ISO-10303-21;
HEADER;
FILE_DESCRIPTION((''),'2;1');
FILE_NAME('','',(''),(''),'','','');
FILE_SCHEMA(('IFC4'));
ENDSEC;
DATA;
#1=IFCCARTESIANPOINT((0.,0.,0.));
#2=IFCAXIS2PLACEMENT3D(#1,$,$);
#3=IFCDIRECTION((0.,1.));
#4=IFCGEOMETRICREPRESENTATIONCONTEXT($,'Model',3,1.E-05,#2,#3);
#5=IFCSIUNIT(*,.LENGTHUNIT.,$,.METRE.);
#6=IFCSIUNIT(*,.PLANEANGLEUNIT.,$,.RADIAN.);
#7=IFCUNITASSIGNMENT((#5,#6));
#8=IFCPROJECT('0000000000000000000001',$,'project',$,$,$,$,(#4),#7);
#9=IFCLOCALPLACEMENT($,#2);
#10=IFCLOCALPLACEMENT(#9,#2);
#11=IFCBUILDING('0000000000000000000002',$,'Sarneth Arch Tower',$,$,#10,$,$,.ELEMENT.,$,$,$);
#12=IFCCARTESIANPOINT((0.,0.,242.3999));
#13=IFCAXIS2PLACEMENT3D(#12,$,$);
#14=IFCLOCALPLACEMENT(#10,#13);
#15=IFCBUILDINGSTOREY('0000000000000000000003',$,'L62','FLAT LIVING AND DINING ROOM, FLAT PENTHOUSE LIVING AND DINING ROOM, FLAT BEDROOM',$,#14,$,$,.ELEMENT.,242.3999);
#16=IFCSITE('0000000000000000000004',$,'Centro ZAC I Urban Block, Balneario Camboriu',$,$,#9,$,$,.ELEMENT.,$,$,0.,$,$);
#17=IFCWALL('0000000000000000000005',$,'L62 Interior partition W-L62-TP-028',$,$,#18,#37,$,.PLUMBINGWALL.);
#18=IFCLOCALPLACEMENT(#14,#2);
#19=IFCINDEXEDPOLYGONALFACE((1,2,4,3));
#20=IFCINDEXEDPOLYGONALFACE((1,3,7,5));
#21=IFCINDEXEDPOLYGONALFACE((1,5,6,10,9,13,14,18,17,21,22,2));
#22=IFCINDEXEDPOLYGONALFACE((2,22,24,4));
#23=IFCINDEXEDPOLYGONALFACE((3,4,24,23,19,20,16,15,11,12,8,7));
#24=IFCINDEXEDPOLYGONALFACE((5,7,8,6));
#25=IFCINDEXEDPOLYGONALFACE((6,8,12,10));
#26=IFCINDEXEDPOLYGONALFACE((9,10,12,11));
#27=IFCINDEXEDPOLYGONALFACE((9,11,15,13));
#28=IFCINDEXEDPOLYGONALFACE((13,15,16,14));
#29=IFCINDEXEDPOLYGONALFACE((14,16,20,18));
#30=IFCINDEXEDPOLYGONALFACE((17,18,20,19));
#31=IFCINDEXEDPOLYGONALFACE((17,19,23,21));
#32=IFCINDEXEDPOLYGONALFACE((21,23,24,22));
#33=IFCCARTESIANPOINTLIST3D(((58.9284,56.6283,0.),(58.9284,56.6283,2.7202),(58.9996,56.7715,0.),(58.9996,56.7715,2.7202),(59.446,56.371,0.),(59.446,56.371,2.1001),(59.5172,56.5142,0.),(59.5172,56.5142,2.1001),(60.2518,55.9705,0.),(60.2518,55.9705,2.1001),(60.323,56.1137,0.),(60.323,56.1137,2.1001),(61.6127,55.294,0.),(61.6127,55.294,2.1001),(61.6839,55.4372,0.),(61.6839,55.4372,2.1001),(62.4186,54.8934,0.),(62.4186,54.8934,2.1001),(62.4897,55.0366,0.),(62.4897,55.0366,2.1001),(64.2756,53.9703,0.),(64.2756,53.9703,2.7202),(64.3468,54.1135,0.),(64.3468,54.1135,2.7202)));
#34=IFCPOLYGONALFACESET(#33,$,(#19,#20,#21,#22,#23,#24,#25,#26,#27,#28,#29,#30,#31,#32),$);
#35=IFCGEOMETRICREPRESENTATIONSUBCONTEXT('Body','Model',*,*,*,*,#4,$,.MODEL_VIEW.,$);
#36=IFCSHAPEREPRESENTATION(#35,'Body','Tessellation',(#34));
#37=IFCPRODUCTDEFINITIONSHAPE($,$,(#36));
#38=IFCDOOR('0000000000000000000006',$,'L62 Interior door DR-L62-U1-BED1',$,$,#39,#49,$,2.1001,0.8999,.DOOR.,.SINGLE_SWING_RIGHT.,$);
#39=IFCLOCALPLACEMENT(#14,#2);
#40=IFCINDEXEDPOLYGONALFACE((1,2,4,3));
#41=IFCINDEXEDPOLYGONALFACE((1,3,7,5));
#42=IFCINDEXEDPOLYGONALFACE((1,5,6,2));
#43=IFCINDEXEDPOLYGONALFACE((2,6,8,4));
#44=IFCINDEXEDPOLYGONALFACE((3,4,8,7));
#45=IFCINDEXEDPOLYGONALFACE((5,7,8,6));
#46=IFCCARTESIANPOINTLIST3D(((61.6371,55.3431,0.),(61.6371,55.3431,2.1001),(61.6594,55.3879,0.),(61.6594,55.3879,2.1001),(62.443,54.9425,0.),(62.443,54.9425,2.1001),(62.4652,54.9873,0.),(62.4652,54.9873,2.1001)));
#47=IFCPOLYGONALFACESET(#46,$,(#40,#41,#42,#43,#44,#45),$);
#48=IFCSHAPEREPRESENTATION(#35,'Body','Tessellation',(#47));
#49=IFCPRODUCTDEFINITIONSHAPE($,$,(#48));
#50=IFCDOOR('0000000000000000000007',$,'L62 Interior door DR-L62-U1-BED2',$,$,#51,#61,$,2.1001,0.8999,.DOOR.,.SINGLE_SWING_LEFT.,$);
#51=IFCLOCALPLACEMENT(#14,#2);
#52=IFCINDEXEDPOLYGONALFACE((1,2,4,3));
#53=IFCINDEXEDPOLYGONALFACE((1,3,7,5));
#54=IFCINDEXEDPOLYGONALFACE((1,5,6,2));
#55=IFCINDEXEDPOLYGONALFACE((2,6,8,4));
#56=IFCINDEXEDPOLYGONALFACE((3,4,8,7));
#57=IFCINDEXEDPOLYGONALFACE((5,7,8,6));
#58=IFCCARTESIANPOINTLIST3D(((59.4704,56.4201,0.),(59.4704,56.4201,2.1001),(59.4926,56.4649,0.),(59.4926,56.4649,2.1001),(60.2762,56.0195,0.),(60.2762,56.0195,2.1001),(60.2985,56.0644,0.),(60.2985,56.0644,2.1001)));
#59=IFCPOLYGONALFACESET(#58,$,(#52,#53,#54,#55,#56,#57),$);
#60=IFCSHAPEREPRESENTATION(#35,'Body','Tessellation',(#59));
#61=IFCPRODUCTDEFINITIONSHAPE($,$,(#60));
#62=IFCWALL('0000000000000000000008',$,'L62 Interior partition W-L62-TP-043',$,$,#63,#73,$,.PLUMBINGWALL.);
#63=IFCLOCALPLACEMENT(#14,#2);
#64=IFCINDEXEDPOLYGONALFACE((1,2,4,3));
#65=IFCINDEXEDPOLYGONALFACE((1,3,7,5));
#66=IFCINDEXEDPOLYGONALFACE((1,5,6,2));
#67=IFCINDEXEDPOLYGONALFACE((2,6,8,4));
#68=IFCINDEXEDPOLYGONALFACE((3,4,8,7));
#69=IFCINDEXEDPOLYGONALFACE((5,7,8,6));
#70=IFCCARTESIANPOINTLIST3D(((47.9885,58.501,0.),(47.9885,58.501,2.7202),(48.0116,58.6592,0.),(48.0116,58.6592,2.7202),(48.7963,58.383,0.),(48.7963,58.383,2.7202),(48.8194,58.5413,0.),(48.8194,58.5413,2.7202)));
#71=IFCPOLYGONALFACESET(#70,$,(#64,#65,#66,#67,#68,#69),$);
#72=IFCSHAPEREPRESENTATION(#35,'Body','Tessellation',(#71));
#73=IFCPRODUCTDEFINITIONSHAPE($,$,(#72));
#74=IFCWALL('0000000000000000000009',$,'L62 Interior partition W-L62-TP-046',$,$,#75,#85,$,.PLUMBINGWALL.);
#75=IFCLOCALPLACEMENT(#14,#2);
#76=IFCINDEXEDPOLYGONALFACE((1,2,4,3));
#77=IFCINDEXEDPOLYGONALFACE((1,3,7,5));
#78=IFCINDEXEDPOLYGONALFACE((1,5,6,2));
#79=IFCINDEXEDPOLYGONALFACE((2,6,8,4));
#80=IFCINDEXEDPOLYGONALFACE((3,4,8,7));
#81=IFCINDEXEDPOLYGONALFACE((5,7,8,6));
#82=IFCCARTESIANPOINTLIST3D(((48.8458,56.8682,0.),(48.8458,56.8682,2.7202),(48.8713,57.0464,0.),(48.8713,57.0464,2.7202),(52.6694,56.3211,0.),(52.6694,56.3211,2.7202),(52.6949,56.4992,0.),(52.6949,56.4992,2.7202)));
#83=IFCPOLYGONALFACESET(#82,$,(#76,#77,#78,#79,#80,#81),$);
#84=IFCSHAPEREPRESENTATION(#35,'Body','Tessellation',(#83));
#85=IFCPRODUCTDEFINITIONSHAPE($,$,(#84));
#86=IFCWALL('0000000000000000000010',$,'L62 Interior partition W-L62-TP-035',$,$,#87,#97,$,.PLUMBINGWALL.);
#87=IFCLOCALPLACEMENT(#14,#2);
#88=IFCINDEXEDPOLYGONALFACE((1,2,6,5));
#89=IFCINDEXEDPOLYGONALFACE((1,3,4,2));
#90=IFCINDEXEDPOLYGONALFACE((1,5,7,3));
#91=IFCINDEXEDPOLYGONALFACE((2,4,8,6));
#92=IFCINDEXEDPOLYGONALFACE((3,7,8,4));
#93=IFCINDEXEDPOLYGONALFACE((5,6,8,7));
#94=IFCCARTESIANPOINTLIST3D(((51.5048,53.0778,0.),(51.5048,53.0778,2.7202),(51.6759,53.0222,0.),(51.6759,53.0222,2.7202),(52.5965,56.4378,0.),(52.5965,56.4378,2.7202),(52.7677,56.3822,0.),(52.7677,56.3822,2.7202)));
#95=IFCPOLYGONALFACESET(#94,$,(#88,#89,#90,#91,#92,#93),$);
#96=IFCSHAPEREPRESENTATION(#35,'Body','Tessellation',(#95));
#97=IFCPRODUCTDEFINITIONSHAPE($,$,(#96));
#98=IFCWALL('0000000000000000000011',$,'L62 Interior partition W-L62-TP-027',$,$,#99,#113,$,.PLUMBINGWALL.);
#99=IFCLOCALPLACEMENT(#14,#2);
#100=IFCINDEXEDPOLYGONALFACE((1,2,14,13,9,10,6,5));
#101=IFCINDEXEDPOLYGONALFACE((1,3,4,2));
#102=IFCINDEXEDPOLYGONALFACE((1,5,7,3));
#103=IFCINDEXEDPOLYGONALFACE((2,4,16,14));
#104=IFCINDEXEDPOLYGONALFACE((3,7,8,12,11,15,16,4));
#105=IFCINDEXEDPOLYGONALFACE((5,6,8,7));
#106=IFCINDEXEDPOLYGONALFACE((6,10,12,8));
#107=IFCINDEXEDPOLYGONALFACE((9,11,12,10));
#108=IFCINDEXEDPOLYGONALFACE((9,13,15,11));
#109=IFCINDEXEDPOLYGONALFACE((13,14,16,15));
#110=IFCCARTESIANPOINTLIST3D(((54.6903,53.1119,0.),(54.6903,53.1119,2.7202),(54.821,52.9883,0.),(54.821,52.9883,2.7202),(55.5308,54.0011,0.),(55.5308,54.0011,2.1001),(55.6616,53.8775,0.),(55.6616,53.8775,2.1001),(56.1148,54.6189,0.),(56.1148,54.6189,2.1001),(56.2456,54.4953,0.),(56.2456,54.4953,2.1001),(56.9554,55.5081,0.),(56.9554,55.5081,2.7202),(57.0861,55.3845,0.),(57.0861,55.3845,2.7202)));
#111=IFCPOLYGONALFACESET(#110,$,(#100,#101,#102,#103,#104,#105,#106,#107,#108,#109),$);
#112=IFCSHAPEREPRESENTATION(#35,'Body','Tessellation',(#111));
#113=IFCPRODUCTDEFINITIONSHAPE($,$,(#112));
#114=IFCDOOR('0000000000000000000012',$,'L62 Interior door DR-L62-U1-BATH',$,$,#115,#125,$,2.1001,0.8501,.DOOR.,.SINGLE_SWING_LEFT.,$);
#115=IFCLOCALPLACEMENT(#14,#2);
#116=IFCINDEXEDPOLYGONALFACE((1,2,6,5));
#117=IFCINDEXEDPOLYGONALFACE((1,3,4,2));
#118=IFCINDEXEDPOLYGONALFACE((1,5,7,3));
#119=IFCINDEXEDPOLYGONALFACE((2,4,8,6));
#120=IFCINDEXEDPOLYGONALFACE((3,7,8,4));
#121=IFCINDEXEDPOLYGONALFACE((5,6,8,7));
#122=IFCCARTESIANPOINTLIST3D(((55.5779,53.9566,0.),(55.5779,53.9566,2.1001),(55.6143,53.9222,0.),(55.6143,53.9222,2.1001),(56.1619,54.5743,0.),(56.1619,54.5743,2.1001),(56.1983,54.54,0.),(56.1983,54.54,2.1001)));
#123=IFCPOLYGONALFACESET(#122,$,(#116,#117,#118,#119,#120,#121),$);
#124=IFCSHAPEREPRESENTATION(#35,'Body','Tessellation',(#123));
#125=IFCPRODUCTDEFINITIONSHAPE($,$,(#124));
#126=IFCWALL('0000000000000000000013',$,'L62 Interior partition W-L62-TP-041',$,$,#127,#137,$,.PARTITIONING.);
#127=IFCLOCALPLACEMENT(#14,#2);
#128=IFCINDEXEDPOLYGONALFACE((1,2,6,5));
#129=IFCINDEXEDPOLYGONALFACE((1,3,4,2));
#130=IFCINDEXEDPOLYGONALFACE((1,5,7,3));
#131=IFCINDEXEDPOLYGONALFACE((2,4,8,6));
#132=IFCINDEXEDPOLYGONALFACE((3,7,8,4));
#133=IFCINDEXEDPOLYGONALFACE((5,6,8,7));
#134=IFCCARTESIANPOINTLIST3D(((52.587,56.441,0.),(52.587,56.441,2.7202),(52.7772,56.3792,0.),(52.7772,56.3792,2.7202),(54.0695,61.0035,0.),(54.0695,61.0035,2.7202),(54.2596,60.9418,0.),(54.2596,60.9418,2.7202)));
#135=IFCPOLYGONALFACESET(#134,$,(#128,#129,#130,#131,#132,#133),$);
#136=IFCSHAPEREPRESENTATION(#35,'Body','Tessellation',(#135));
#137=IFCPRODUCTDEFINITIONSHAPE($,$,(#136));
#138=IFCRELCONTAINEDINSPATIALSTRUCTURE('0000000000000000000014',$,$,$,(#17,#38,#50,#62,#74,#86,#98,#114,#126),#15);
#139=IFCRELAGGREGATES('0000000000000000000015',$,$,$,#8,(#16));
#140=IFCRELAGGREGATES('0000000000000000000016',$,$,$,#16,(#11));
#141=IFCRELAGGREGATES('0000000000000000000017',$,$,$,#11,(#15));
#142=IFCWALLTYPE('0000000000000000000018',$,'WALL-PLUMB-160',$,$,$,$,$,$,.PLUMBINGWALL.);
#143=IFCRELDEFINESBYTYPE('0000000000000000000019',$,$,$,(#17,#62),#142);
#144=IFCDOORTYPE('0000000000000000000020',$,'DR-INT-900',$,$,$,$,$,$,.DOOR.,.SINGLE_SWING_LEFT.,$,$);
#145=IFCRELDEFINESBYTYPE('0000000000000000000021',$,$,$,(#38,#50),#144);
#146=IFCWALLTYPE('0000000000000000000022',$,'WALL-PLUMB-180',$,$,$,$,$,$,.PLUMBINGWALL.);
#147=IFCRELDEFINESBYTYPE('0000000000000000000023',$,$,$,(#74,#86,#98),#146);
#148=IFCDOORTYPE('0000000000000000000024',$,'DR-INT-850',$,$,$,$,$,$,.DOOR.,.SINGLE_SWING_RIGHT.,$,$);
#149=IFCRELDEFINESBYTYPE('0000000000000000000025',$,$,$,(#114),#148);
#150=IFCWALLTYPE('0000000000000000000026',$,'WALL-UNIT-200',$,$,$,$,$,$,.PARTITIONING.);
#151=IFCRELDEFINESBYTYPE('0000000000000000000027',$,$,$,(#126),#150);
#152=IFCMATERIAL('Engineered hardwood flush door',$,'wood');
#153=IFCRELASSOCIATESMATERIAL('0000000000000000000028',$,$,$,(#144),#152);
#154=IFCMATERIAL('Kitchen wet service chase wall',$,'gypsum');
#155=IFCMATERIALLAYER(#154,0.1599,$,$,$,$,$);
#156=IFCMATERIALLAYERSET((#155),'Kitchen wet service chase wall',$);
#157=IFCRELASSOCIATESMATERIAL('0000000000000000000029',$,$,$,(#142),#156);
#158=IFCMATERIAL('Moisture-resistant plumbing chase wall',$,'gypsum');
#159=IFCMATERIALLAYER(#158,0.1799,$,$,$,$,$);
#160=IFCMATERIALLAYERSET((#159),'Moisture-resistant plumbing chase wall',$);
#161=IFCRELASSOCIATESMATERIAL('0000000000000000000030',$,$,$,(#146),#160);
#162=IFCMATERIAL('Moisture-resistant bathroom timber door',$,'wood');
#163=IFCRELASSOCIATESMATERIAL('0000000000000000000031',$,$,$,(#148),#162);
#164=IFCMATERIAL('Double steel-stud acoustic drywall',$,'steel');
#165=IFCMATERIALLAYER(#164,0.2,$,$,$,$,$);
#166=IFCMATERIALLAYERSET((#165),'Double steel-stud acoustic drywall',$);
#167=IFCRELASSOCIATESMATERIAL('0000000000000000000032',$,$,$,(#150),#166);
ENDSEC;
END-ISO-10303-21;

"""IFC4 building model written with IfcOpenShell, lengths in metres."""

from ifc_helpers import new_model, si_unit, direction, frame, frame_2d, origin, place, context, subcontext, project, spatial, rectangle, extrude, material, layer, layer_set, type_object, element, fill, save


model = new_model("IFC4")

# Units and contexts
model_context = context("Model", 3, precision=1e-05, world=origin(), true_north=direction((0.0, 1.0)))
body_context = subcontext(model_context, "Body", "Model", "MODEL_VIEW")
ifc_project = project(units=[si_unit("LENGTHUNIT", "METRE"), si_unit("PLANEANGLEUNIT", "RADIAN")], contexts=[model_context])

# Site, building, storey
site_placement = place(None, origin())
site = spatial("IfcSite", under=ifc_project, at=site_placement, Name="Centro ZAC I Urban Block, Balneario Camboriu", CompositionType="ELEMENT", RefElevation=0.0)
building_placement = place(site_placement, origin())
building = spatial("IfcBuilding", under=site, at=building_placement, Name="Sarneth Arch Tower", CompositionType="ELEMENT")
storey_placement = place(building_placement, frame((0.0, 0.0, 242.3999)))
storey = spatial("IfcBuildingStorey", under=building, at=storey_placement, Name="L62", Description="FLAT LIVING AND DINING ROOM, FLAT PENTHOUSE LIVING AND DINING ROOM, FLAT BEDROOM", CompositionType="ELEMENT", Elevation=242.3999)

# Shared definitions
ifc_material_1 = material(Name="Engineered hardwood flush door", Category="wood")
door_type_1 = type_object("IfcDoorType", Name="DR-INT-900", OperationType="SINGLE_SWING_LEFT", PredefinedType="DOOR", material=ifc_material_1)

# Shared definitions
ifc_material_2 = material(Name="Kitchen wet service chase wall", Category="gypsum")
ifc_layer_1 = layer(ifc_material_2, 0.1599)
ifc_layer_set_1 = layer_set([ifc_layer_1], Name="Kitchen wet service chase wall")
wall_type_1 = type_object("IfcWallType", Name="WALL-PLUMB-160", PredefinedType="PLUMBINGWALL", material=ifc_layer_set_1)

# Wall, openings, doors
wall_1_placement = place(storey_placement, frame((58.9639, 56.7, 0.0), z_axis=(0.0, 0.0, 1.0), x_axis=(0.895471, -0.445119, 0.0)))
wall_1 = element("IfcWall", 1, at=wall_1_placement, inside=storey, type_object=wall_type_1, Name="L62 Interior partition W-L62-TP-028", PredefinedType="PLUMBINGWALL", context=body_context, shape_type="SweptSolid", body=[
    extrude(rectangle(XDim=5.9714, YDim=0.1599, at=frame_2d((2.9858, 0.0))), origin(), (0.0, 0.0, 1.0), 2.7202),
])
opening_1_placement = place(wall_1_placement, frame((2.9978, 0.0, 0.0)))
opening_1 = element("IfcOpeningElement", 2, at=opening_1_placement, cuts=wall_1, PredefinedType="OPENING", context=body_context, shape_type="SweptSolid", body=[
    extrude(rectangle(XDim=0.8999, YDim=2.1001, at=frame_2d((0.45, 1.05))), frame((0.0, 0.0898, 0.0), z_axis=(0.0, -1.0, 0.0), x_axis=(1.0, 0.0, 0.0)), (0.0, 0.0, 1.0), 0.1799),
])
opening_2_placement = place(wall_1_placement, frame((0.5781, 0.0, 0.0)))
opening_2 = element("IfcOpeningElement", 3, at=opening_2_placement, cuts=wall_1, PredefinedType="OPENING", context=body_context, shape_type="SweptSolid", body=[
    extrude(rectangle(XDim=0.8999, YDim=2.1001, at=frame_2d((0.45, 1.05))), frame((0.0, 0.0898, 0.0), z_axis=(0.0, -1.0, 0.0), x_axis=(1.0, 0.0, 0.0)), (0.0, 0.0, 1.0), 0.1799),
])
door_1_placement = place(opening_1_placement, origin())
door_1 = element("IfcDoor", 4, at=door_1_placement, inside=storey, type_object=door_type_1, Name="L62 Interior door DR-L62-U1-BED1", OperationType="SINGLE_SWING_RIGHT", OverallHeight=2.1001, OverallWidth=0.8999, PredefinedType="DOOR", context=body_context, shape_type="SweptSolid", body=[
    extrude(rectangle(XDim=0.8999, YDim=2.1001, at=frame_2d((0.45, 1.05))), frame((0.0, 0.0249, 0.0), z_axis=(0.0, -1.0, 0.0), x_axis=(1.0, 0.0, 0.0)), (0.0, 0.0, 1.0), 0.05),
])
fill(opening_1, door_1)
door_2_placement = place(opening_2_placement, origin())
door_2 = element("IfcDoor", 5, at=door_2_placement, inside=storey, type_object=door_type_1, Name="L62 Interior door DR-L62-U1-BED2", OperationType="SINGLE_SWING_LEFT", OverallHeight=2.1001, OverallWidth=0.8999, PredefinedType="DOOR", context=body_context, shape_type="SweptSolid", body=[
    extrude(rectangle(XDim=0.8999, YDim=2.1001, at=frame_2d((0.45, 1.05))), frame((0.0, 0.0249, 0.0), z_axis=(0.0, -1.0, 0.0), x_axis=(1.0, 0.0, 0.0)), (0.0, 0.0, 1.0), 0.05),
])
fill(opening_2, door_2)

# Walls
wall_2_placement = place(storey_placement, frame((48.8079, 58.4622, 0.0), z_axis=(0.0, 0.0, 1.0), x_axis=(-0.989514, 0.144435, 0.0)))
element("IfcWall", 6, at=wall_2_placement, inside=storey, type_object=wall_type_1, Name="L62 Interior partition W-L62-TP-043", PredefinedType="PLUMBINGWALL", context=body_context, shape_type="SweptSolid", body=[
    extrude(rectangle(XDim=0.8164, YDim=0.1599, at=frame_2d((0.4082, 0.0))), origin(), (0.0, 0.0, 1.0), 2.7202),
])
ifc_material_3 = material(Name="Moisture-resistant plumbing chase wall", Category="gypsum")
ifc_layer_2 = layer(ifc_material_3, 0.1799)
ifc_layer_set_2 = layer_set([ifc_layer_2], Name="Moisture-resistant plumbing chase wall")
wall_type_2 = type_object("IfcWallType", Name="WALL-PLUMB-180", PredefinedType="PLUMBINGWALL", material=ifc_layer_set_2)
wall_3_placement = place(storey_placement, frame((48.8586, 56.9573, 0.0), z_axis=(0.0, 0.0, 1.0), x_axis=(0.989917, -0.141651, 0.0)))
element("IfcWall", 7, at=wall_3_placement, inside=storey, type_object=wall_type_2, Name="L62 Interior partition W-L62-TP-046", PredefinedType="PLUMBINGWALL", context=body_context, shape_type="SweptSolid", body=[
    extrude(rectangle(XDim=3.8625, YDim=0.1799, at=frame_2d((1.9312, 0.0))), origin(), (0.0, 0.0, 1.0), 2.7202),
])
wall_4_placement = place(storey_placement, frame((52.6821, 56.4102, 0.0), z_axis=(0.0, 0.0, 1.0), x_axis=(-0.309025, -0.951054, 0.0)))
element("IfcWall", 8, at=wall_4_placement, inside=storey, type_object=wall_type_2, Name="L62 Interior partition W-L62-TP-035", PredefinedType="PLUMBINGWALL", context=body_context, shape_type="SweptSolid", body=[
    extrude(rectangle(XDim=3.533, YDim=0.1799, at=frame_2d((1.7666, 0.0))), origin(), (0.0, 0.0, 1.0), 2.7202),
])

# Wall, opening, door
wall_5_placement = place(storey_placement, frame((57.0208, 55.4463, 0.0), z_axis=(0.0, 0.0, 1.0), x_axis=(-0.686947, -0.726707, 0.0)))
wall_5 = element("IfcWall", 9, at=wall_5_placement, inside=storey, type_object=wall_type_2, Name="L62 Interior partition W-L62-TP-027", PredefinedType="PLUMBINGWALL", context=body_context, shape_type="SweptSolid", body=[
    extrude(rectangle(XDim=3.2974, YDim=0.1799, at=frame_2d((1.6487, 0.0))), origin(), (0.0, 0.0, 1.0), 2.7202),
])
opening_3_placement = place(wall_5_placement, frame((1.2236, 0.0, 0.0)))
opening_3 = element("IfcOpeningElement", 10, at=opening_3_placement, cuts=wall_5, PredefinedType="OPENING", context=body_context, shape_type="SweptSolid", body=[
    extrude(rectangle(XDim=0.8501, YDim=2.1001, at=frame_2d((0.425, 1.05))), frame((0.0, 0.0999, 0.0), z_axis=(0.0, -1.0, 0.0), x_axis=(1.0, 0.0, 0.0)), (0.0, 0.0, 1.0), 0.2),
])
ifc_material_4 = material(Name="Moisture-resistant bathroom timber door", Category="wood")
door_type_2 = type_object("IfcDoorType", Name="DR-INT-850", OperationType="SINGLE_SWING_RIGHT", PredefinedType="DOOR", material=ifc_material_4)
door_3_placement = place(opening_3_placement, origin())
door_3 = element("IfcDoor", 11, at=door_3_placement, inside=storey, type_object=door_type_2, Name="L62 Interior door DR-L62-U1-BATH", OperationType="SINGLE_SWING_LEFT", OverallHeight=2.1001, OverallWidth=0.8501, PredefinedType="DOOR", context=body_context, shape_type="SweptSolid", body=[
    extrude(rectangle(XDim=0.8501, YDim=2.1001, at=frame_2d((0.425, 1.05))), frame((0.0, 0.0249, 0.0), z_axis=(0.0, -1.0, 0.0), x_axis=(1.0, 0.0, 0.0)), (0.0, 0.0, 1.0), 0.05),
])
fill(opening_3, door_3)

# Wall
ifc_material_5 = material(Name="Double steel-stud acoustic drywall", Category="steel")
ifc_layer_3 = layer(ifc_material_5, 0.2)
ifc_layer_set_3 = layer_set([ifc_layer_3], Name="Double steel-stud acoustic drywall")
wall_type_3 = type_object("IfcWallType", Name="WALL-UNIT-200", PredefinedType="PARTITIONING", material=ifc_layer_set_3)
wall_6_placement = place(storey_placement, frame((54.1646, 60.9727, 0.0), z_axis=(0.0, 0.0, 1.0), x_axis=(-0.309012, -0.951058, 0.0)))
element("IfcWall", 12, at=wall_6_placement, inside=storey, type_object=wall_type_3, Name="L62 Interior partition W-L62-TP-041", PredefinedType="PARTITIONING", context=body_context, shape_type="SweptSolid", body=[
    extrude(rectangle(XDim=4.7974, YDim=0.2, at=frame_2d((2.3987, 0.0))), origin(), (0.0, 0.0, 1.0), 2.7202),
])

save(model, "model.ifc")
